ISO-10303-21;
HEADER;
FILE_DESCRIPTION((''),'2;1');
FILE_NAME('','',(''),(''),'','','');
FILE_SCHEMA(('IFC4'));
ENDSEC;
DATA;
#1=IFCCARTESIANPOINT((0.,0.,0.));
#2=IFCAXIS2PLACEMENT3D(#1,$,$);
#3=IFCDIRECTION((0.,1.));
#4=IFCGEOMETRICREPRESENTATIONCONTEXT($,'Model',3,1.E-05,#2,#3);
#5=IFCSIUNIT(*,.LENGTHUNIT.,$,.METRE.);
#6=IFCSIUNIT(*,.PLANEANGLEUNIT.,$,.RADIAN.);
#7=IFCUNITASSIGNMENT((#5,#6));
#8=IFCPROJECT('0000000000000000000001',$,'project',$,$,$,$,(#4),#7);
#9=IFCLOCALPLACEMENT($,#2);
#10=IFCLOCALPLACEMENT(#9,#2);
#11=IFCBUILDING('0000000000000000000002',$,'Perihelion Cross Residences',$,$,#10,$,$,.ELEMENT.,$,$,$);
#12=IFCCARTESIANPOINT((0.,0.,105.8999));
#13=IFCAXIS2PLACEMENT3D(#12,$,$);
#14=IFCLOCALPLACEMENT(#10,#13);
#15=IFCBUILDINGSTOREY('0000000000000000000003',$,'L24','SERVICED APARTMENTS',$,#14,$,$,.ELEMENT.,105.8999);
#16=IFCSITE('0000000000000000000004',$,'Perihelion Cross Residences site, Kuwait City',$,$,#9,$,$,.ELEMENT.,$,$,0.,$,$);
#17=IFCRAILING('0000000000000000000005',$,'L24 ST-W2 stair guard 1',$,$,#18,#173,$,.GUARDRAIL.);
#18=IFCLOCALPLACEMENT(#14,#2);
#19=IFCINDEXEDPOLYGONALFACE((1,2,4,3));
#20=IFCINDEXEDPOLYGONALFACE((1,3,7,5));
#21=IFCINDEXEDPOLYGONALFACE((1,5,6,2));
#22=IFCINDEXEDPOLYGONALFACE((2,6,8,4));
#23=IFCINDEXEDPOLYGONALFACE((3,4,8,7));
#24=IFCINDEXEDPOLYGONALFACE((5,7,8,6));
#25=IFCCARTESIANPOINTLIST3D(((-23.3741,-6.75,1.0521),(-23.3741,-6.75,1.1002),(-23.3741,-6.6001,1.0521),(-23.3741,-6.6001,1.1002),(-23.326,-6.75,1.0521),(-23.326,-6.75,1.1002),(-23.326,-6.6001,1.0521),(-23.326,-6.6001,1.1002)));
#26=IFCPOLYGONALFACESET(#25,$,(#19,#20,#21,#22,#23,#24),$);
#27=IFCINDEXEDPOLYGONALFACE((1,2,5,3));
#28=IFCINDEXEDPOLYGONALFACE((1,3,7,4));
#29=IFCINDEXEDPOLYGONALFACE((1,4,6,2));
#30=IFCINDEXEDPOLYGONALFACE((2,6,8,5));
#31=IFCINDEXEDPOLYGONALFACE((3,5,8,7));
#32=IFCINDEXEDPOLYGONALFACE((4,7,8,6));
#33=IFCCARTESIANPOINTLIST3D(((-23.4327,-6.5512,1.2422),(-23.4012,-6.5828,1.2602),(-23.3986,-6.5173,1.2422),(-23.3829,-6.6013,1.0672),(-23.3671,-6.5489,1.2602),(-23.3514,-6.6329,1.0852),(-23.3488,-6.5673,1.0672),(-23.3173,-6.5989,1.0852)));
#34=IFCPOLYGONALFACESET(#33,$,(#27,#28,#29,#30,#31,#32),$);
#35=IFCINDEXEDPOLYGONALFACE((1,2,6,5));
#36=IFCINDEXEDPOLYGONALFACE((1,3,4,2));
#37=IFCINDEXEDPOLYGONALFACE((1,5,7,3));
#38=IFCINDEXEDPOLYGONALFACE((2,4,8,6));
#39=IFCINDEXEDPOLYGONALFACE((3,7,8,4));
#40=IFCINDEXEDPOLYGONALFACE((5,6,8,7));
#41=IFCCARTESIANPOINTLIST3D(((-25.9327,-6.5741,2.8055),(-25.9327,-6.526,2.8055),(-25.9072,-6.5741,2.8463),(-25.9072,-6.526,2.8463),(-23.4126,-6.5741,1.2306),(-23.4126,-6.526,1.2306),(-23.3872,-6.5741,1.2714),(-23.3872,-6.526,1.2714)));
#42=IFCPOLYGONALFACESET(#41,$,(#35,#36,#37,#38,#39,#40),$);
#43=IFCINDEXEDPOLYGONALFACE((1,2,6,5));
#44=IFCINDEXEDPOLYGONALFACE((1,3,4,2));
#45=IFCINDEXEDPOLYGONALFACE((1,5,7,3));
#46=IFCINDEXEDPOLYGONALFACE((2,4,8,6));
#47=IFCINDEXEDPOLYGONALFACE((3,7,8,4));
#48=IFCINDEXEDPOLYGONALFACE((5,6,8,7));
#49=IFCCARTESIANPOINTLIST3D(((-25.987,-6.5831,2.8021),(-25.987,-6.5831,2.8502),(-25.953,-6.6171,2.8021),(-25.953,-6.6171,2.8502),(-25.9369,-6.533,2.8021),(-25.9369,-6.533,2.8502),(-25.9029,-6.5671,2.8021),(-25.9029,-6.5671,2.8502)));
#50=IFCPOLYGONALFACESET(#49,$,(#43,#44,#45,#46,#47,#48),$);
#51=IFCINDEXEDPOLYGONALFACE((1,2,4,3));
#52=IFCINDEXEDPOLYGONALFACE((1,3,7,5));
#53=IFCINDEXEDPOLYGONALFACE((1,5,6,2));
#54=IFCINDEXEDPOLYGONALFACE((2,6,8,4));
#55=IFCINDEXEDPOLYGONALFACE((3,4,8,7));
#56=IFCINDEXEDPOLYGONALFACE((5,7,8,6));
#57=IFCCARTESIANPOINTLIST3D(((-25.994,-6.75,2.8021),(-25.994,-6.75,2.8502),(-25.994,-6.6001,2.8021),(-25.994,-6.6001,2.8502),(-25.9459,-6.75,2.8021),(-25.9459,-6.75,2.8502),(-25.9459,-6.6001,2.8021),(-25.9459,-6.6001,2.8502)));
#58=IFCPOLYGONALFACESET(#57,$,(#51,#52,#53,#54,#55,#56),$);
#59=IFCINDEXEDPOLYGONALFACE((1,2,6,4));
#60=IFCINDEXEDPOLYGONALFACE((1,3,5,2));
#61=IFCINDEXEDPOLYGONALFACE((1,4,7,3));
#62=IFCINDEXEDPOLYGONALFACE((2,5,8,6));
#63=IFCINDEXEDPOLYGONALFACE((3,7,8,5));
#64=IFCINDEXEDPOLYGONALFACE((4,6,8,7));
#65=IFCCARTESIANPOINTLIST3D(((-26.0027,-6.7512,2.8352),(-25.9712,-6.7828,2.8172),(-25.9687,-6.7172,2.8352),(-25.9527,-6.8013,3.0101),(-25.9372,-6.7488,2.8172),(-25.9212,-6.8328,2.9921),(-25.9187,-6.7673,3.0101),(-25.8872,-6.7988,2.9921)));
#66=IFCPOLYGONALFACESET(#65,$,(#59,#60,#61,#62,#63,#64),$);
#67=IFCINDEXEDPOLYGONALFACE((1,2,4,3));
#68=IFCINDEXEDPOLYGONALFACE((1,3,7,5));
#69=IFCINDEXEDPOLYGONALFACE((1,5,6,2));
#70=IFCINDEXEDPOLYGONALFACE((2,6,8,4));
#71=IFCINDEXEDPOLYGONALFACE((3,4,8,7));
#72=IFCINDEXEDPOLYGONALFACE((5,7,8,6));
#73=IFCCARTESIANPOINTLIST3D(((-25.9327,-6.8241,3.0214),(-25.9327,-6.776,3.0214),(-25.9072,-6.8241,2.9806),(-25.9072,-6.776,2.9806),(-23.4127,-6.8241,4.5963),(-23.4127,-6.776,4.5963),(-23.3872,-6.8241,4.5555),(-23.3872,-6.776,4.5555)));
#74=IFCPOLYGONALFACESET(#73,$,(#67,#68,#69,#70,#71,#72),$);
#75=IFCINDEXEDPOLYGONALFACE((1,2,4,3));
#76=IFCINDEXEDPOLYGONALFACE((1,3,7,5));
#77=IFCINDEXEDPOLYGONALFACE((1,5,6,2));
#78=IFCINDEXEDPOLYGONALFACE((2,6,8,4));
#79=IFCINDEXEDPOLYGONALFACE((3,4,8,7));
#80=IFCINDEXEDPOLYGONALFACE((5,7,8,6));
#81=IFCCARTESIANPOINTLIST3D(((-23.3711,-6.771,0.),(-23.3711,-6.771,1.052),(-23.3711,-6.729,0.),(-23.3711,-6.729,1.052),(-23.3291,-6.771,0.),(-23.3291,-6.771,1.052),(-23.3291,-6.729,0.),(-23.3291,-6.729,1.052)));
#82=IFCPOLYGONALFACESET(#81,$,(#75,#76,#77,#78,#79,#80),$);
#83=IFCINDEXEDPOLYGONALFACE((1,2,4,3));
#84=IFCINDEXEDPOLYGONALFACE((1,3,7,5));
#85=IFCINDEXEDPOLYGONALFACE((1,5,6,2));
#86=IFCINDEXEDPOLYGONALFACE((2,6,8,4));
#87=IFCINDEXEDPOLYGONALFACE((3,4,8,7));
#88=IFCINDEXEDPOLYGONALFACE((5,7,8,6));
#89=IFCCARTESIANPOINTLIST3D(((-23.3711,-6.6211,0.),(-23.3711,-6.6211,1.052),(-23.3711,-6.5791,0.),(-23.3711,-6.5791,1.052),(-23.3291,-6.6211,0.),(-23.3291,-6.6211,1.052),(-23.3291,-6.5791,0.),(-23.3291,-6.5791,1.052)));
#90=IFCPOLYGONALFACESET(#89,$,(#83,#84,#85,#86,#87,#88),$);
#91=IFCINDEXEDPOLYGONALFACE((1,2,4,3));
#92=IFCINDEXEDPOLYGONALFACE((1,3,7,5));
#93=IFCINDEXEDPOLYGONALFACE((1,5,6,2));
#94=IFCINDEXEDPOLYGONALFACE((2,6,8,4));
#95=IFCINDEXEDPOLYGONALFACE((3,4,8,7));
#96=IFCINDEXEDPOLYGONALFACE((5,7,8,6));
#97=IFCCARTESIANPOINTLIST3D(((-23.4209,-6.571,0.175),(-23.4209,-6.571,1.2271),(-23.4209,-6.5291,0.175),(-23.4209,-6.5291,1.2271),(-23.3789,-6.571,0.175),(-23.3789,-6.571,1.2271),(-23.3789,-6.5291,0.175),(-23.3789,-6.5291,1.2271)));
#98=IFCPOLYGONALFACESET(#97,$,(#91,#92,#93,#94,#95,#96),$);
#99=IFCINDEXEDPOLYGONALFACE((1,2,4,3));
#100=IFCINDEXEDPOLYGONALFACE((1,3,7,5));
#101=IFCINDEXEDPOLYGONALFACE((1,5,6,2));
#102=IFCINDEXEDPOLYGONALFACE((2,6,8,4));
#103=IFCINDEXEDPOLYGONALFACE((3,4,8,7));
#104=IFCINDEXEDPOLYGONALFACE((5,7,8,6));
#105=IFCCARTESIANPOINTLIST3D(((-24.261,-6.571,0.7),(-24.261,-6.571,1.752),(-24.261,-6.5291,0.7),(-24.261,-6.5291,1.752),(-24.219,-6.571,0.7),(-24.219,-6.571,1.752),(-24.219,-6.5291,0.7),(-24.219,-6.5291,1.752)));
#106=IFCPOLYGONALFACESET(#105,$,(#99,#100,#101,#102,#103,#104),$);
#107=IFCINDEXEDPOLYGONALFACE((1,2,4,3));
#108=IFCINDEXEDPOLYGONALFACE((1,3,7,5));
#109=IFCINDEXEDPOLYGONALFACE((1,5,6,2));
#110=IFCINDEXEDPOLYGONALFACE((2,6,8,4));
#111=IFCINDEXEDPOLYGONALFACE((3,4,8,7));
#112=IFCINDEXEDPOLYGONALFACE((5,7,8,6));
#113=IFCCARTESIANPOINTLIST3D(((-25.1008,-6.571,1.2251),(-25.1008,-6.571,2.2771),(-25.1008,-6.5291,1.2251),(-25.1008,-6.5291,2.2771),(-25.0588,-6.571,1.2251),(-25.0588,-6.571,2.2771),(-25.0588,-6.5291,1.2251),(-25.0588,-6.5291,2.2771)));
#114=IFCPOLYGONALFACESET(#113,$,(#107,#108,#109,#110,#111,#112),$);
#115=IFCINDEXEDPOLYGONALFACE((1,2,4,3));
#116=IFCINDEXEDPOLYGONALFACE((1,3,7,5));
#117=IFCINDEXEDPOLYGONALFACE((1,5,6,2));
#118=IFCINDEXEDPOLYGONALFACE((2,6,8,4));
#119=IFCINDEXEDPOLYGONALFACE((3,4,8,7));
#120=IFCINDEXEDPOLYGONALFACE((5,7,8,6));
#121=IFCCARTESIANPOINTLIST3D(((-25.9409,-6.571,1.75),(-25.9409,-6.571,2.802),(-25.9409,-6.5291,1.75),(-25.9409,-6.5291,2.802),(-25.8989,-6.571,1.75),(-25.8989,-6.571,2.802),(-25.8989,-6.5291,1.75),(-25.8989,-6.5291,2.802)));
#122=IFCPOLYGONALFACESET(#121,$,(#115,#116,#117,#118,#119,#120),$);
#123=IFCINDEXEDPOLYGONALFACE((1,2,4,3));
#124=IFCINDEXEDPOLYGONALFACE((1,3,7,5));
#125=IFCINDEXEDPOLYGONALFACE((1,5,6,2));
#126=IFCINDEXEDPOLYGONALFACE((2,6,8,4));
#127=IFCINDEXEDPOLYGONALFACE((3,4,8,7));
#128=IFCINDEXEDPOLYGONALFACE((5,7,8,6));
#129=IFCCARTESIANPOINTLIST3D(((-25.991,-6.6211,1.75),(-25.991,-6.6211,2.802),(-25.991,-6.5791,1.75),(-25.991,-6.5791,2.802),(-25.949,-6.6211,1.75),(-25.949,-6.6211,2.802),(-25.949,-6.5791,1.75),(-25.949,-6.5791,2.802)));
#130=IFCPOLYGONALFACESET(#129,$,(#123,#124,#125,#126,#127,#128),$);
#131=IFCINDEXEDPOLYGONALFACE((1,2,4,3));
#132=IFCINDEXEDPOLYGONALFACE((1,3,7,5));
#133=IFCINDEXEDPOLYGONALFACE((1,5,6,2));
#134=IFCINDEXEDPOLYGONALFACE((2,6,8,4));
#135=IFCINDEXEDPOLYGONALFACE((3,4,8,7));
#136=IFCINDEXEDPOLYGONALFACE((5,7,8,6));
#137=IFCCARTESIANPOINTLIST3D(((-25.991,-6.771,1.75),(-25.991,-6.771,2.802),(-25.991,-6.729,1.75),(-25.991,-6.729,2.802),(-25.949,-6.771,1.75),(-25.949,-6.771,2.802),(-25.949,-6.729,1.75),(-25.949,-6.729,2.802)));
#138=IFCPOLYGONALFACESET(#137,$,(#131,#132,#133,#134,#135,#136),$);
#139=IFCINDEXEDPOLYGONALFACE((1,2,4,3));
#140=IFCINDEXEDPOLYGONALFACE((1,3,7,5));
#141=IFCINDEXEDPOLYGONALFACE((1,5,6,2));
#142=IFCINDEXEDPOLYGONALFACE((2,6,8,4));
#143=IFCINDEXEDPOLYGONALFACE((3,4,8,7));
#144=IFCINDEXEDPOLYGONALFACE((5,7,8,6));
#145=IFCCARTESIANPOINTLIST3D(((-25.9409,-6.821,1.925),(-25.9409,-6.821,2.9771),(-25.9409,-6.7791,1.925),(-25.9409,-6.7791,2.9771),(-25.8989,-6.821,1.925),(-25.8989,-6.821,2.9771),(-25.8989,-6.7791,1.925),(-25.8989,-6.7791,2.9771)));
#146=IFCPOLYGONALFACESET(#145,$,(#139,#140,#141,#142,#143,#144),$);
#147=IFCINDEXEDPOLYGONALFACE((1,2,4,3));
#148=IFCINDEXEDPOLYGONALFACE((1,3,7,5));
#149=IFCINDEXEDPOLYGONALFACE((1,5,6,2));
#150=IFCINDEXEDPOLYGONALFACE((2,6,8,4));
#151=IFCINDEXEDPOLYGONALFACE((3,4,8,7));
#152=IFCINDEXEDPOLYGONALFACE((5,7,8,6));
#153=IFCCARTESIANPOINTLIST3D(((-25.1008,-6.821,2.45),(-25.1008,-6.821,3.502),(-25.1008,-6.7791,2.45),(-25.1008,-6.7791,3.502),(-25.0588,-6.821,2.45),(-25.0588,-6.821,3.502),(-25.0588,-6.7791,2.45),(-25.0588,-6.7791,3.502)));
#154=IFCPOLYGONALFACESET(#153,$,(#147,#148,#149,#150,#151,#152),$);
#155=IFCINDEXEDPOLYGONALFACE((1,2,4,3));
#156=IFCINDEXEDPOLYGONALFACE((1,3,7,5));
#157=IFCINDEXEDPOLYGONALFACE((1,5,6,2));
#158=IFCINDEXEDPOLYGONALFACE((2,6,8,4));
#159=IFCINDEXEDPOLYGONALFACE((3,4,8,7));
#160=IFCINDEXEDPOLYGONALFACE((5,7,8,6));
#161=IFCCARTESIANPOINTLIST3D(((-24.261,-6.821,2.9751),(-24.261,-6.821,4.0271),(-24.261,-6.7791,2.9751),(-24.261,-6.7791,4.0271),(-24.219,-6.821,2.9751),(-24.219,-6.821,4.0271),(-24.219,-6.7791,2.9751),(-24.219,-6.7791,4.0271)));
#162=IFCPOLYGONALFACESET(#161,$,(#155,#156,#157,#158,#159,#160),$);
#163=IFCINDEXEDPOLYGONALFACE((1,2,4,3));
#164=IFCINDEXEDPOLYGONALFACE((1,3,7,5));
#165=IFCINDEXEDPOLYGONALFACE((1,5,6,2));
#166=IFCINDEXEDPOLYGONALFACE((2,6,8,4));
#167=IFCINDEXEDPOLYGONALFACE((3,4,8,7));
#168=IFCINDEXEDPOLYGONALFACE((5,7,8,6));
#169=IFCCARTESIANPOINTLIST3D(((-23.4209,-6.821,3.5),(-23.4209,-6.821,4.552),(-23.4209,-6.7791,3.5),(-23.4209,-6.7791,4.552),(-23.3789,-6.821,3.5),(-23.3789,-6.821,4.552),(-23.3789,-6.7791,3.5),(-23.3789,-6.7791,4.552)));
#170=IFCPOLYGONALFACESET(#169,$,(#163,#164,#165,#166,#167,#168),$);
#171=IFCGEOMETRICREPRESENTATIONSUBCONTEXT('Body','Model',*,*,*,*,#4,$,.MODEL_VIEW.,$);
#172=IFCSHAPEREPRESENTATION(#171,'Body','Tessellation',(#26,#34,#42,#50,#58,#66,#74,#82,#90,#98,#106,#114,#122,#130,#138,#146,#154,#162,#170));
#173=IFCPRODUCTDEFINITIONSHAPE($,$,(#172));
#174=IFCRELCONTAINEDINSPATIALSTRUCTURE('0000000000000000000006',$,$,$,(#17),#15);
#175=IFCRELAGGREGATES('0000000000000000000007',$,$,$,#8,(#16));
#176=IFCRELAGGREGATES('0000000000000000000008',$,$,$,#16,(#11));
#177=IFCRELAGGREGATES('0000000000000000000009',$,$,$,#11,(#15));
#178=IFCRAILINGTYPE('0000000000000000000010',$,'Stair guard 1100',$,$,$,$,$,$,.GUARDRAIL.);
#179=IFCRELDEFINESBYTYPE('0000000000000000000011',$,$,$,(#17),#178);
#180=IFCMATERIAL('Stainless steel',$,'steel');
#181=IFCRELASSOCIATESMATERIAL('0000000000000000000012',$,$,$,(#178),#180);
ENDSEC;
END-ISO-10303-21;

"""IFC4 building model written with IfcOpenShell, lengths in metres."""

from ifc_helpers import new_model, si_unit, direction, frame, origin, origin_2d, place, context, subcontext, project, spatial, rectangle, extrude, material, type_object, element, save


model = new_model("IFC4")

# Units and contexts
model_context = context("Model", 3, precision=1e-05, world=origin(), true_north=direction((0.0, 1.0)))
body_context = subcontext(model_context, "Body", "Model", "MODEL_VIEW")
ifc_project = project(units=[si_unit("LENGTHUNIT", "METRE"), si_unit("PLANEANGLEUNIT", "RADIAN")], contexts=[model_context])

# Site, building, storey
site_placement = place(None, origin())
site = spatial("IfcSite", under=ifc_project, at=site_placement, Name="Perihelion Cross Residences site, Kuwait City", CompositionType="ELEMENT", RefElevation=0.0)
building_placement = place(site_placement, origin())
building = spatial("IfcBuilding", under=site, at=building_placement, Name="Perihelion Cross Residences", CompositionType="ELEMENT")
storey_placement = place(building_placement, frame((0.0, 0.0, 105.8999)))
storey = spatial("IfcBuildingStorey", under=building, at=storey_placement, Name="L24", Description="SERVICED APARTMENTS", CompositionType="ELEMENT", Elevation=105.8999)

# Railing
ifc_material_1 = material(Name="Stainless steel", Category="steel")
railing_type_1 = type_object("IfcRailingType", Name="Stair guard 1100", PredefinedType="GUARDRAIL", material=ifc_material_1)
railing_1_placement = place(storey_placement, frame((-23.3501, -6.75, 0.0)))
element("IfcRailing", 1, at=railing_1_placement, inside=storey, type_object=railing_type_1, Name="L24 ST-W2 stair guard 1", PredefinedType="GUARDRAIL", context=body_context, shape_type="SweptSolid", body=[
    extrude(rectangle(XDim=0.0481, YDim=0.0481, at=origin_2d()), frame((0.0, 0.0, 1.0762), z_axis=(0.0, 1.0, 0.0), x_axis=(-1.0, 0.0, 0.0)), (0.0, 0.0, 1.0), 0.1499),
    extrude(rectangle(XDim=0.0481, YDim=0.0481, at=origin_2d()), frame((0.0, 0.1499, 1.0762), z_axis=(-0.263862, 0.265156, 0.927399), x_axis=(-0.708834, -0.705376, 0.0)), (0.0, 0.0, 1.0), 0.1887),
    extrude(rectangle(XDim=0.0481, YDim=0.0481, at=origin_2d()), frame((-0.0498, 0.2, 1.251), z_axis=(-0.848008, 0.0, 0.529984), x_axis=(0.0, -1.0, 0.0)), (0.0, 0.0, 1.0), 2.9717),
    extrude(rectangle(XDim=0.0481, YDim=0.0481, at=origin_2d()), frame((-2.5698, 0.2, 2.8262), z_axis=(-0.707107, -0.707107, 0.0), x_axis=(0.707107, -0.707107, 0.0)), (0.0, 0.0, 1.0), 0.0708),
    extrude(rectangle(XDim=0.0481, YDim=0.0481, at=origin_2d()), frame((-2.6199, 0.1499, 2.8262), z_axis=(0.0, -1.0, 0.0), x_axis=(1.0, 0.0, 0.0)), (0.0, 0.0, 1.0), 0.1499),
    extrude(rectangle(XDim=0.0481, YDim=0.0481, at=origin_2d()), frame((-2.6199, 0.0, 2.8262), z_axis=(0.265065, -0.265065, 0.927082), x_axis=(0.707107, 0.707107, 0.0)), (0.0, 0.0, 1.0), 0.1887),
    extrude(rectangle(XDim=0.0481, YDim=0.0481, at=origin_2d()), frame((-2.5698, -0.05, 3.001), z_axis=(0.848008, 0.0, 0.529984), x_axis=(0.0, 1.0, 0.0)), (0.0, 0.0, 1.0), 2.9717),
    extrude(rectangle(XDim=0.042, YDim=0.042, at=origin_2d()), origin(), (0.0, 0.0, 1.0), 1.052),
    extrude(rectangle(XDim=0.042, YDim=0.042, at=origin_2d()), frame((0.0, 0.1499, 0.0)), (0.0, 0.0, 1.0), 1.052),
    extrude(rectangle(XDim=0.042, YDim=0.042, at=origin_2d()), frame((-0.0498, 0.2, 0.175)), (0.0, 0.0, 1.0), 1.052),
    extrude(rectangle(XDim=0.042, YDim=0.042, at=origin_2d()), frame((-0.8899, 0.2, 0.7)), (0.0, 0.0, 1.0), 1.052),
    extrude(rectangle(XDim=0.042, YDim=0.042, at=origin_2d()), frame((-1.7297, 0.2, 1.2251)), (0.0, 0.0, 1.0), 1.052),
    extrude(rectangle(XDim=0.042, YDim=0.042, at=origin_2d()), frame((-2.5698, 0.2, 1.75)), (0.0, 0.0, 1.0), 1.052),
    extrude(rectangle(XDim=0.042, YDim=0.042, at=origin_2d()), frame((-2.6199, 0.1499, 1.75)), (0.0, 0.0, 1.0), 1.052),
    extrude(rectangle(XDim=0.042, YDim=0.042, at=origin_2d()), frame((-2.6199, 0.0, 1.75)), (0.0, 0.0, 1.0), 1.052),
    extrude(rectangle(XDim=0.042, YDim=0.042, at=origin_2d()), frame((-2.5698, -0.05, 1.925)), (0.0, 0.0, 1.0), 1.052),
    extrude(rectangle(XDim=0.042, YDim=0.042, at=origin_2d()), frame((-1.7297, -0.05, 2.45)), (0.0, 0.0, 1.0), 1.052),
    extrude(rectangle(XDim=0.042, YDim=0.042, at=origin_2d()), frame((-0.8899, -0.05, 2.9751)), (0.0, 0.0, 1.0), 1.052),
    extrude(rectangle(XDim=0.042, YDim=0.042, at=origin_2d()), frame((-0.0498, -0.05, 3.5)), (0.0, 0.0, 1.0), 1.052),
])

save(model, "model.ifc")
